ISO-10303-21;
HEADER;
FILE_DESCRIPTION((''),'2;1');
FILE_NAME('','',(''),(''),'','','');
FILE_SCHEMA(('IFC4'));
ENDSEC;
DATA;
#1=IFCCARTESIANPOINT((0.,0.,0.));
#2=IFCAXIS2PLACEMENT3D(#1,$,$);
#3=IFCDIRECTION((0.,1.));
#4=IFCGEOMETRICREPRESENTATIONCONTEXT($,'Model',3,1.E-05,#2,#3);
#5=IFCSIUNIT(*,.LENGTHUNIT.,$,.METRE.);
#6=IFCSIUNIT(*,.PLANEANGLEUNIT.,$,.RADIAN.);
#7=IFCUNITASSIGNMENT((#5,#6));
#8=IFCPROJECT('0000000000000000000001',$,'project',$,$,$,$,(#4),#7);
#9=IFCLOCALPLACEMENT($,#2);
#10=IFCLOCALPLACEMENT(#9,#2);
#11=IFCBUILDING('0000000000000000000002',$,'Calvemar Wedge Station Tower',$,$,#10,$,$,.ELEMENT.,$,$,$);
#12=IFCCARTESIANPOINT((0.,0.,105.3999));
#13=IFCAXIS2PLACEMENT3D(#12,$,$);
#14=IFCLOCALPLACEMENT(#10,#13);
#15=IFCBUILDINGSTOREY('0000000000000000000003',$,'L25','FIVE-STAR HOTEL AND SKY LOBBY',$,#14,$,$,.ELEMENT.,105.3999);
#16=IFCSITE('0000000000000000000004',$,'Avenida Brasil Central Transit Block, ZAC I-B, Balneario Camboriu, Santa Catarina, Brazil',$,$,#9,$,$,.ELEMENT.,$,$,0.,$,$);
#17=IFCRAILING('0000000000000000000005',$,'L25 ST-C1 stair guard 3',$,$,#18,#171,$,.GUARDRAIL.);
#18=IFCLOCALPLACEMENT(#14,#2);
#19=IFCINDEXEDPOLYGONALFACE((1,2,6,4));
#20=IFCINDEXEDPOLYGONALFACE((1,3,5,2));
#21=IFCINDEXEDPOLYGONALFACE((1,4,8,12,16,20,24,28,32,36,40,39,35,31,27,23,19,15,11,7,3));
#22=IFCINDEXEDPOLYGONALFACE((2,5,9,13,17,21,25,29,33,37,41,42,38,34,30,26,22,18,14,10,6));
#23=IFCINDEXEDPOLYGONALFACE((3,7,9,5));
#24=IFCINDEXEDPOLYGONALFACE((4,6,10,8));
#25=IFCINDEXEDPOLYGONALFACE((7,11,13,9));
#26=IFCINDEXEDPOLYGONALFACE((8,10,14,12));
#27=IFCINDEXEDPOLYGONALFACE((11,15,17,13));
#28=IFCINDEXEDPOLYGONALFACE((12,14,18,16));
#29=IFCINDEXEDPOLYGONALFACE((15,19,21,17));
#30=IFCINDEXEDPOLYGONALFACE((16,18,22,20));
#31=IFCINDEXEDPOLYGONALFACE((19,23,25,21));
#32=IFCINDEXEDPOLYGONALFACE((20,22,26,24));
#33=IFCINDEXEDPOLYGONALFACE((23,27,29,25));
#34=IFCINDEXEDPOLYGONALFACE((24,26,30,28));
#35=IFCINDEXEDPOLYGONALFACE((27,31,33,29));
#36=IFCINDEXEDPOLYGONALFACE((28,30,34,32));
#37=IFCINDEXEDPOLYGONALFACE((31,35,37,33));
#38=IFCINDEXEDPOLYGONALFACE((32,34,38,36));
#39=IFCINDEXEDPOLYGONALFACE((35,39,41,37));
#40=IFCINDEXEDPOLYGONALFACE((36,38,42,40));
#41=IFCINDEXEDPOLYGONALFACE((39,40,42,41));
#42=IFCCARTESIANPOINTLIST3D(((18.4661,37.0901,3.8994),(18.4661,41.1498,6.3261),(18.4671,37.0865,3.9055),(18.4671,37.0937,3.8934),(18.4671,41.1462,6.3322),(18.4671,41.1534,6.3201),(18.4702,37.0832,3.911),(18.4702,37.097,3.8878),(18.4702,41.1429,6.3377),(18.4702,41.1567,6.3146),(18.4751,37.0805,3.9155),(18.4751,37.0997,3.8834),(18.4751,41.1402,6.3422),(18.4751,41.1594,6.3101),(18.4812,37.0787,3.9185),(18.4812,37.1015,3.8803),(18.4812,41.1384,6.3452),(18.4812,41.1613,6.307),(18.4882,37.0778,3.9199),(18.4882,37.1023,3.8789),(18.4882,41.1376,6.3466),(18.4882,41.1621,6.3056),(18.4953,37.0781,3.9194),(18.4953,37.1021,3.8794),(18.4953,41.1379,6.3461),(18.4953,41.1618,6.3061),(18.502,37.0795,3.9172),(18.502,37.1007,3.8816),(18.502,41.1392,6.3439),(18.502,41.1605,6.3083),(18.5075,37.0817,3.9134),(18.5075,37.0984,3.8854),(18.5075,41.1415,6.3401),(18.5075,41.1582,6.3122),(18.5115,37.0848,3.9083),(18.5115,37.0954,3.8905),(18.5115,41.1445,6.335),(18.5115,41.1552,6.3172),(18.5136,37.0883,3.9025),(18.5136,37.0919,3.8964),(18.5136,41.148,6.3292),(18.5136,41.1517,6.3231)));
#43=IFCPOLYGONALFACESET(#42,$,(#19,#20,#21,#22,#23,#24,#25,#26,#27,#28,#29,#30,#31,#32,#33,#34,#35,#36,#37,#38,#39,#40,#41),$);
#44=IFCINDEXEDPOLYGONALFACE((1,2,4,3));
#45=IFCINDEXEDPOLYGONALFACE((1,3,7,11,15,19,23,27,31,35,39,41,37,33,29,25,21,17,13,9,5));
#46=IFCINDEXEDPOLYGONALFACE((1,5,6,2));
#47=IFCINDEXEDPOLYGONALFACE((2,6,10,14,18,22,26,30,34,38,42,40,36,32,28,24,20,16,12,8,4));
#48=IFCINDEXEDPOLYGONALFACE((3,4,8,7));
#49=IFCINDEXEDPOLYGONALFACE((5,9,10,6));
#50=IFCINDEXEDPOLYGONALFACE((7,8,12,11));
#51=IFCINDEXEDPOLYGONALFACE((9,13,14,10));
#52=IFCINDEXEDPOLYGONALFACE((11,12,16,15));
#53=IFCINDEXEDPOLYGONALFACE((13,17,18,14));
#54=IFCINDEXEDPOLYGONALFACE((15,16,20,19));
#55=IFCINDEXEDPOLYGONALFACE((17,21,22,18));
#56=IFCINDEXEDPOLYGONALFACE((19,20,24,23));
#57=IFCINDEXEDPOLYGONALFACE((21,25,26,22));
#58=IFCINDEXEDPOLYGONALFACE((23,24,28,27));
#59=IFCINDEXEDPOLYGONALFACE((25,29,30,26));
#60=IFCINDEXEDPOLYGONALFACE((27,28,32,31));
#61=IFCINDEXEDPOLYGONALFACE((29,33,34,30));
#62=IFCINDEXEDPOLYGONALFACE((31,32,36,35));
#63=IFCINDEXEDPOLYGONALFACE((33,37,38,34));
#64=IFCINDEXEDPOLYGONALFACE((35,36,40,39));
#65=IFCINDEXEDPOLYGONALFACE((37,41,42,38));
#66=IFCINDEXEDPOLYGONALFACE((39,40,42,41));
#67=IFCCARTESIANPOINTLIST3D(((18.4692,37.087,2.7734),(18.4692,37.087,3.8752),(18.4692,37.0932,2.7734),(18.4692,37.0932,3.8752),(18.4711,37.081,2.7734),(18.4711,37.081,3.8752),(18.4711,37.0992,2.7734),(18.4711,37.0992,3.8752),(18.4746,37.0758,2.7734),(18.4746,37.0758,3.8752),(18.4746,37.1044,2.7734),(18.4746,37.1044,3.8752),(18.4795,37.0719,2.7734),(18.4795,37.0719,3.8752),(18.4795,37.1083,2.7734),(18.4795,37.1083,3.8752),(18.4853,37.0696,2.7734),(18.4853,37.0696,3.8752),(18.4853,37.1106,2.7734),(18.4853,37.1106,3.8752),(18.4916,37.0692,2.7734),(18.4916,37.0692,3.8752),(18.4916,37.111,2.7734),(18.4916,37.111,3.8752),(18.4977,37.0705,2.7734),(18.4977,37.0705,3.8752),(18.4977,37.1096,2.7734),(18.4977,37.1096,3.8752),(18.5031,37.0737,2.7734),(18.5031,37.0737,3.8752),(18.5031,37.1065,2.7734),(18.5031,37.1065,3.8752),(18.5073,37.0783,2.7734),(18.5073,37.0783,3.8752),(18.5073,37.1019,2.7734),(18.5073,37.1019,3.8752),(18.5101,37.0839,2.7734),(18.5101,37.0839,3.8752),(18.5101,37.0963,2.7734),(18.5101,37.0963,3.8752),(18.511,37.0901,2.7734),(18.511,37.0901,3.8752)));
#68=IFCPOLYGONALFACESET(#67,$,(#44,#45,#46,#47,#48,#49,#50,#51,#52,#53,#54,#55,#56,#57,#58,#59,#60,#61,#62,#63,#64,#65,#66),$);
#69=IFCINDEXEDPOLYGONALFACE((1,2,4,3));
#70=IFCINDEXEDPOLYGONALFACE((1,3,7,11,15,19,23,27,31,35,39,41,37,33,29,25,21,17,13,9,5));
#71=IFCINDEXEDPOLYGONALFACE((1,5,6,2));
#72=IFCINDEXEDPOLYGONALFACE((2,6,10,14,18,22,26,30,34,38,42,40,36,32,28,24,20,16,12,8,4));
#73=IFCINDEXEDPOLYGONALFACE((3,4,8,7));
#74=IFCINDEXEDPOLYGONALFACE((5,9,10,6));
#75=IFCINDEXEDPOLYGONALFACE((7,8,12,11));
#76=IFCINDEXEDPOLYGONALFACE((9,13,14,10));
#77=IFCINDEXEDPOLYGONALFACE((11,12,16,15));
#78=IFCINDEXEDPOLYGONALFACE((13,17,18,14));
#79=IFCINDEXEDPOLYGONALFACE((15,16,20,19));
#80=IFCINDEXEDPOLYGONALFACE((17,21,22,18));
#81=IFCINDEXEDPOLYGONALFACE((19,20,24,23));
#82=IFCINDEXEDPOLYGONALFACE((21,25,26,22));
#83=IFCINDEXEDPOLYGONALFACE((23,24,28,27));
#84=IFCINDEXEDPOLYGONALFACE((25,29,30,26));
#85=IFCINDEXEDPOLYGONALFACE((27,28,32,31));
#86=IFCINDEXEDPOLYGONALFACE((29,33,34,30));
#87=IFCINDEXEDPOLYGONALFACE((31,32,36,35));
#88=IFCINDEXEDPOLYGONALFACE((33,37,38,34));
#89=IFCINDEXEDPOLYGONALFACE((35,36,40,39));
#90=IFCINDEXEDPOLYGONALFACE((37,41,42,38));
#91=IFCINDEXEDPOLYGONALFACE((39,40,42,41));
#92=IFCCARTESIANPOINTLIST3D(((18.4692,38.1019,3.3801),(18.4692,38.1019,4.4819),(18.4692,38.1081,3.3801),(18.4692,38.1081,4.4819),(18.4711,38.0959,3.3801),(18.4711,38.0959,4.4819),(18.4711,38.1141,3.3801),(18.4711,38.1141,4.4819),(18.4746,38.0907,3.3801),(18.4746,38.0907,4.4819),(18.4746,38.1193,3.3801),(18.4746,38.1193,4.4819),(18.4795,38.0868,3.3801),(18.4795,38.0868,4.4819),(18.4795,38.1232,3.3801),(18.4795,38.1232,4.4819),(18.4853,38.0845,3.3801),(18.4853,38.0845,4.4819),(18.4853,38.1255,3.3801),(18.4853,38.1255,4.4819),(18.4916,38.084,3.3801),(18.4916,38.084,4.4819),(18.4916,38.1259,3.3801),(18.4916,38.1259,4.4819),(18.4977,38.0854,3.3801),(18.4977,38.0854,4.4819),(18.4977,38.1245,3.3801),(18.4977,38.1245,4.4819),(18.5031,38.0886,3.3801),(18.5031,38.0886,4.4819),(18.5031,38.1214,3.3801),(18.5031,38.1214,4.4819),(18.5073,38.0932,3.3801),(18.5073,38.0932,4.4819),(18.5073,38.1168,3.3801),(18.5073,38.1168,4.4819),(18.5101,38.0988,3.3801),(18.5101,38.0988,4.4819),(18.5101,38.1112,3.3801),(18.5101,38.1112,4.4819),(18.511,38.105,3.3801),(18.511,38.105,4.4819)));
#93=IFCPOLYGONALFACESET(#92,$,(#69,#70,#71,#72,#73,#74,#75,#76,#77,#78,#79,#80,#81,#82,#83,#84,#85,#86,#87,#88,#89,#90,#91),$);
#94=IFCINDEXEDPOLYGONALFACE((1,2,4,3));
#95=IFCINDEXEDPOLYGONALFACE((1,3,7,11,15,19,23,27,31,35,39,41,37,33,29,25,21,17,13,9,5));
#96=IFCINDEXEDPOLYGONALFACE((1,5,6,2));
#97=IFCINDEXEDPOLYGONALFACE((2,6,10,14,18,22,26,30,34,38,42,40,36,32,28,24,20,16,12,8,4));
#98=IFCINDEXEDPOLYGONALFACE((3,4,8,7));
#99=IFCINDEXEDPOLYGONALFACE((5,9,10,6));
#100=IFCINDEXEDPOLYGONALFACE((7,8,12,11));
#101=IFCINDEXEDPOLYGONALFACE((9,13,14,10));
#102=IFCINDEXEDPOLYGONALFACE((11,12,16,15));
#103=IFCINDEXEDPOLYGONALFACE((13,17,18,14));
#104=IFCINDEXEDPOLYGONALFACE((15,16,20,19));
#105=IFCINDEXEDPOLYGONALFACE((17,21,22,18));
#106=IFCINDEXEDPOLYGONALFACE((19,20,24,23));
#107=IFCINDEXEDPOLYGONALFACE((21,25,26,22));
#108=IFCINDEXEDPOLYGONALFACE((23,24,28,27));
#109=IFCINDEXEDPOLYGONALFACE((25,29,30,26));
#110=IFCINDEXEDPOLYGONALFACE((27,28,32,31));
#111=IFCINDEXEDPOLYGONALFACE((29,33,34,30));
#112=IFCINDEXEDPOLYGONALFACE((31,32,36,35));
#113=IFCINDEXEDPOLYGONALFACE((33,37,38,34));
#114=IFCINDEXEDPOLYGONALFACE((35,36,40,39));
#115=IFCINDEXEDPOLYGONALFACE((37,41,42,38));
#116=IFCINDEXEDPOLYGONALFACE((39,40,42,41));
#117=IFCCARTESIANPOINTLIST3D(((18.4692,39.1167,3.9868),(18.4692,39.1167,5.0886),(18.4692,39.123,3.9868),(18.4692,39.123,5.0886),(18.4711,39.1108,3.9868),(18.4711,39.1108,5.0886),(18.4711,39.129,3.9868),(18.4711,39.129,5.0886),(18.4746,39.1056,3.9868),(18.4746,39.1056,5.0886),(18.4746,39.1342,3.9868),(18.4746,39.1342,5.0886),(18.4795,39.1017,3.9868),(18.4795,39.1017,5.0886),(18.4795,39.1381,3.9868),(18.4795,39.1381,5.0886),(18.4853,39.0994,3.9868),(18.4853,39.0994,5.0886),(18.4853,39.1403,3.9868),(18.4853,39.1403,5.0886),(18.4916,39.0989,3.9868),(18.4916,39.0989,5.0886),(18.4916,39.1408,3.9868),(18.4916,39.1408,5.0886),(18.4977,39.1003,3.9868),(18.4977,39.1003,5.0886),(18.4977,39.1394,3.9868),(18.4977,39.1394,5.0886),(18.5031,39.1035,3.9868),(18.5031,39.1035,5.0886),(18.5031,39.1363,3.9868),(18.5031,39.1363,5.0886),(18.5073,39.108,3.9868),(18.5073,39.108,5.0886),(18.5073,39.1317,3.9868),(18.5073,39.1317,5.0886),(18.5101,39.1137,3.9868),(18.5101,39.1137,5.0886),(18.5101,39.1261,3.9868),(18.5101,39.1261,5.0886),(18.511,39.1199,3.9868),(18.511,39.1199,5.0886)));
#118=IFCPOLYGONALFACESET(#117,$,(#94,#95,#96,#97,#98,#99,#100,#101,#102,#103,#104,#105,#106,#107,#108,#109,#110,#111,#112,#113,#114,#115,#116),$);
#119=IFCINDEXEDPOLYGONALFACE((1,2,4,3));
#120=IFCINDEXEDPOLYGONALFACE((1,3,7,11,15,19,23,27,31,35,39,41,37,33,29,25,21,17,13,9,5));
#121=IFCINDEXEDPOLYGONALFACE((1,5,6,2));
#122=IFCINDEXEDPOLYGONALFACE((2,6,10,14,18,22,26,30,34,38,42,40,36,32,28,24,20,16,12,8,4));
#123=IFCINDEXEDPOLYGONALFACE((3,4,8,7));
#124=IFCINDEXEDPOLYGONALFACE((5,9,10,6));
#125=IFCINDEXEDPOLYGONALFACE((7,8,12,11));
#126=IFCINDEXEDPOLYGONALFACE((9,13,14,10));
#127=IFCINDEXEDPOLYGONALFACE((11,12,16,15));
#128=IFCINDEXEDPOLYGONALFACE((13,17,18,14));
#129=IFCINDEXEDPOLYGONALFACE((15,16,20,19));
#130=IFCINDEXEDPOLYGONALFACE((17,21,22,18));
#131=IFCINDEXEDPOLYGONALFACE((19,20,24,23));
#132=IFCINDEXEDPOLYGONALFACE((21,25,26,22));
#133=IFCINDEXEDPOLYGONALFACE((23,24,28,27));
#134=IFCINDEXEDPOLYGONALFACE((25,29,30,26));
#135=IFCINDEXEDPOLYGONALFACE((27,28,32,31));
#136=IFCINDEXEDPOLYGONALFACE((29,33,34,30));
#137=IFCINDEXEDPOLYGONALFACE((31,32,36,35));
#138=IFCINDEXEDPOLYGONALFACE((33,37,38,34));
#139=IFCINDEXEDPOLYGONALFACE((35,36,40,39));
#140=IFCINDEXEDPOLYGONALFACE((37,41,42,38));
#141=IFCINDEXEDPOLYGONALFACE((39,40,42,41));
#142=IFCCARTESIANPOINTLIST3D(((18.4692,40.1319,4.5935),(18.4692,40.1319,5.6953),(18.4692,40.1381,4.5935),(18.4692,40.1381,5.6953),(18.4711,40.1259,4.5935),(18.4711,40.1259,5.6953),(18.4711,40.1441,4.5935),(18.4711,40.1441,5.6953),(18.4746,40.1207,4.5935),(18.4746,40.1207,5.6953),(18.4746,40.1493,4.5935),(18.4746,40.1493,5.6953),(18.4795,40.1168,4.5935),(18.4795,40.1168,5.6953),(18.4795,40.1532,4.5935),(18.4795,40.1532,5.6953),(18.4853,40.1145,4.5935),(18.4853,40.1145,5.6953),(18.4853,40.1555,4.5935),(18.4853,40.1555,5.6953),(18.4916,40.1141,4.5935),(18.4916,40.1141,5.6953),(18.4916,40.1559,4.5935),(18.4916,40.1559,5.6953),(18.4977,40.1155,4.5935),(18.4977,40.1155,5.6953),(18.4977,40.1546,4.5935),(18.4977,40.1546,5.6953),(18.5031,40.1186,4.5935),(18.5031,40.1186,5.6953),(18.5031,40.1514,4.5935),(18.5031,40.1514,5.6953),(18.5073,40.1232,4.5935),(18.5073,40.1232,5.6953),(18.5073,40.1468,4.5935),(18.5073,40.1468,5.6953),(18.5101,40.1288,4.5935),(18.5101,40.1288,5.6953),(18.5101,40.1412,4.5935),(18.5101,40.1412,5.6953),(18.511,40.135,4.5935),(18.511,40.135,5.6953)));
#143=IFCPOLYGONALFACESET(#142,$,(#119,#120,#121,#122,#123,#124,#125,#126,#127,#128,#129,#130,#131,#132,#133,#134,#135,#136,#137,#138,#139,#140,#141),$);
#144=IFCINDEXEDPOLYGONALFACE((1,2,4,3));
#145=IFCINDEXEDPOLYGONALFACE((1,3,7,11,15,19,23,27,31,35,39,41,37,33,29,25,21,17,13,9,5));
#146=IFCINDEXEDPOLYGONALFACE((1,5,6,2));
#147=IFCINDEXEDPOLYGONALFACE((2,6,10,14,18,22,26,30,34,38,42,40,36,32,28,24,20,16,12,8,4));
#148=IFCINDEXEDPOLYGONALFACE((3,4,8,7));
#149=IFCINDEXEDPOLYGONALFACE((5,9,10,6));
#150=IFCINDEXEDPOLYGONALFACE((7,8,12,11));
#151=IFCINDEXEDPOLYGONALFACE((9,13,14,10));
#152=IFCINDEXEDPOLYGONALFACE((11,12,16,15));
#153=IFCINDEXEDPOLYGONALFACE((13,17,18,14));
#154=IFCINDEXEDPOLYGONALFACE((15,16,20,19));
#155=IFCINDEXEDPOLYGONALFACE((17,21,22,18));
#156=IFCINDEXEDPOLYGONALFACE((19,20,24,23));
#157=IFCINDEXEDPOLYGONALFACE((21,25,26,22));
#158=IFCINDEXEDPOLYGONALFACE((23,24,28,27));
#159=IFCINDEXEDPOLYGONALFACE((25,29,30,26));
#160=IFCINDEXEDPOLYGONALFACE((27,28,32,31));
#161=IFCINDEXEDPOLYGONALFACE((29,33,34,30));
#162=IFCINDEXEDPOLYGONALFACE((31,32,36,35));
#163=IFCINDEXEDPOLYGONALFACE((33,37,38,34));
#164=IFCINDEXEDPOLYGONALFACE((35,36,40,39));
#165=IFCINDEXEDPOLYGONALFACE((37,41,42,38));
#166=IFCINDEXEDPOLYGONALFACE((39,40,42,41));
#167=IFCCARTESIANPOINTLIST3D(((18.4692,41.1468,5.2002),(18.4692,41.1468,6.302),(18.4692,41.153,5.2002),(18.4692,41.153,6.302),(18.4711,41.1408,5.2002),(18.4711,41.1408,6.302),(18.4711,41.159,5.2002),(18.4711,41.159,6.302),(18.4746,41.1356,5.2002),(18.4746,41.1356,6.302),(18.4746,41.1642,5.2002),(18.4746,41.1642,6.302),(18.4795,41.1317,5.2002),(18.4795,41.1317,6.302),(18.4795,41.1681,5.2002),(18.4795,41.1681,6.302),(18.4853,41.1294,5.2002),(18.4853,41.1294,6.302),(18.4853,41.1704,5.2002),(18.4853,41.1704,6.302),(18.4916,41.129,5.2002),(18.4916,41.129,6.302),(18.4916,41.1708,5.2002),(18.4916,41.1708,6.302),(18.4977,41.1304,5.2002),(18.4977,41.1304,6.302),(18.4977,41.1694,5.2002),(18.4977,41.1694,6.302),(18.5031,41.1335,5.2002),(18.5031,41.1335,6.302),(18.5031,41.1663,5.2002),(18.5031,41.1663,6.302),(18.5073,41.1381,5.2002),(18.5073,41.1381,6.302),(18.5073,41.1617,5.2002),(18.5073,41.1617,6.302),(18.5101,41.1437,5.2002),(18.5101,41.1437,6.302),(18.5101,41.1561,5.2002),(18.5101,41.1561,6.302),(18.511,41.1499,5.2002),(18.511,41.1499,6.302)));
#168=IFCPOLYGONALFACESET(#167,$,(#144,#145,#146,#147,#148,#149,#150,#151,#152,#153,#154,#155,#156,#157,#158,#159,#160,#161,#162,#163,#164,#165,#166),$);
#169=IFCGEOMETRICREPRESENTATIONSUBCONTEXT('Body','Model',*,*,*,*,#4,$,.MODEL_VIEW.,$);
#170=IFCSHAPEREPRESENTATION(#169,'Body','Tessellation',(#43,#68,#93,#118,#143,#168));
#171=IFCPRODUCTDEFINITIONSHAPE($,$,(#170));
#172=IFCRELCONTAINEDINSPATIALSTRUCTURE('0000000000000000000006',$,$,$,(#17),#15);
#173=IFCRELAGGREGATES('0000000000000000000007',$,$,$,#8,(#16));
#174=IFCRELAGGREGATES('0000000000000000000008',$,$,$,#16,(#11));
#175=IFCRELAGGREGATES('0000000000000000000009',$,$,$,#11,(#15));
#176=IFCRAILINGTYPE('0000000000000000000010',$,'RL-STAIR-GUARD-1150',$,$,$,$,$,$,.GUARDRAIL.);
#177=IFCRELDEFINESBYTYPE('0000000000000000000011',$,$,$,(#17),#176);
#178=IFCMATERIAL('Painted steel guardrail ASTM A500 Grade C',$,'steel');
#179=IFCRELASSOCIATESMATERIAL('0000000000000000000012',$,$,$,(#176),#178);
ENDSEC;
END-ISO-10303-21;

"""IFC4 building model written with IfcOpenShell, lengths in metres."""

from ifc_helpers import new_model, si_unit, direction, frame, origin, origin_2d, place, context, subcontext, project, spatial, circle, extrude, material, type_object, element, save


model = new_model("IFC4")

# Units and contexts
model_context = context("Model", 3, precision=1e-05, world=origin(), true_north=direction((0.0, 1.0)))
body_context = subcontext(model_context, "Body", "Model", "MODEL_VIEW")
ifc_project = project(units=[si_unit("LENGTHUNIT", "METRE"), si_unit("PLANEANGLEUNIT", "RADIAN")], contexts=[model_context])

# Site, building, storey
site_placement = place(None, origin())
site = spatial("IfcSite", under=ifc_project, at=site_placement, Name="Avenida Brasil Central Transit Block, ZAC I-B, Balneario Camboriu, Santa Catarina, Brazil", CompositionType="ELEMENT", RefElevation=0.0)
building_placement = place(site_placement, origin())
building = spatial("IfcBuilding", under=site, at=building_placement, Name="Calvemar Wedge Station Tower", CompositionType="ELEMENT")
storey_placement = place(building_placement, frame((0.0, 0.0, 105.3999)))
storey = spatial("IfcBuildingStorey", under=building, at=storey_placement, Name="L25", Description="FIVE-STAR HOTEL AND SKY LOBBY", CompositionType="ELEMENT", Elevation=105.3999)

# Railing
ifc_material_1 = material(Name="Painted steel guardrail ASTM A500 Grade C", Category="steel")
railing_type_1 = type_object("IfcRailingType", Name="RL-STAIR-GUARD-1150", PredefinedType="GUARDRAIL", material=ifc_material_1)
railing_1_placement = place(storey_placement, frame((18.49, 37.0901, 2.7734)))
element("IfcRailing", 1, at=railing_1_placement, inside=storey, type_object=railing_type_1, Name="L25 ST-C1 stair guard 3", PredefinedType="GUARDRAIL", context=body_context, shape_type="SweptSolid", body=[
    extrude(circle(Radius=0.0239, at=origin_2d()), frame((0.0, 0.0, 1.126), z_axis=(0.0, 0.858343, 0.513076), x_axis=(-1.0, 0.0, 0.0)), (0.0, 0.0, 1.0), 4.7297),
    extrude(circle(Radius=0.021, at=origin_2d()), origin(), (0.0, 0.0, 1.0), 1.1018),
    extrude(circle(Radius=0.021, at=origin_2d()), frame((0.0, 1.0149, 0.6067)), (0.0, 0.0, 1.0), 1.1018),
    extrude(circle(Radius=0.021, at=origin_2d()), frame((0.0, 2.0298, 1.2134)), (0.0, 0.0, 1.0), 1.1018),
    extrude(circle(Radius=0.021, at=origin_2d()), frame((0.0, 3.0449, 1.8201)), (0.0, 0.0, 1.0), 1.1018),
    extrude(circle(Radius=0.021, at=origin_2d()), frame((0.0, 4.0598, 2.4268)), (0.0, 0.0, 1.0), 1.1018),
])

save(model, "model.ifc")
